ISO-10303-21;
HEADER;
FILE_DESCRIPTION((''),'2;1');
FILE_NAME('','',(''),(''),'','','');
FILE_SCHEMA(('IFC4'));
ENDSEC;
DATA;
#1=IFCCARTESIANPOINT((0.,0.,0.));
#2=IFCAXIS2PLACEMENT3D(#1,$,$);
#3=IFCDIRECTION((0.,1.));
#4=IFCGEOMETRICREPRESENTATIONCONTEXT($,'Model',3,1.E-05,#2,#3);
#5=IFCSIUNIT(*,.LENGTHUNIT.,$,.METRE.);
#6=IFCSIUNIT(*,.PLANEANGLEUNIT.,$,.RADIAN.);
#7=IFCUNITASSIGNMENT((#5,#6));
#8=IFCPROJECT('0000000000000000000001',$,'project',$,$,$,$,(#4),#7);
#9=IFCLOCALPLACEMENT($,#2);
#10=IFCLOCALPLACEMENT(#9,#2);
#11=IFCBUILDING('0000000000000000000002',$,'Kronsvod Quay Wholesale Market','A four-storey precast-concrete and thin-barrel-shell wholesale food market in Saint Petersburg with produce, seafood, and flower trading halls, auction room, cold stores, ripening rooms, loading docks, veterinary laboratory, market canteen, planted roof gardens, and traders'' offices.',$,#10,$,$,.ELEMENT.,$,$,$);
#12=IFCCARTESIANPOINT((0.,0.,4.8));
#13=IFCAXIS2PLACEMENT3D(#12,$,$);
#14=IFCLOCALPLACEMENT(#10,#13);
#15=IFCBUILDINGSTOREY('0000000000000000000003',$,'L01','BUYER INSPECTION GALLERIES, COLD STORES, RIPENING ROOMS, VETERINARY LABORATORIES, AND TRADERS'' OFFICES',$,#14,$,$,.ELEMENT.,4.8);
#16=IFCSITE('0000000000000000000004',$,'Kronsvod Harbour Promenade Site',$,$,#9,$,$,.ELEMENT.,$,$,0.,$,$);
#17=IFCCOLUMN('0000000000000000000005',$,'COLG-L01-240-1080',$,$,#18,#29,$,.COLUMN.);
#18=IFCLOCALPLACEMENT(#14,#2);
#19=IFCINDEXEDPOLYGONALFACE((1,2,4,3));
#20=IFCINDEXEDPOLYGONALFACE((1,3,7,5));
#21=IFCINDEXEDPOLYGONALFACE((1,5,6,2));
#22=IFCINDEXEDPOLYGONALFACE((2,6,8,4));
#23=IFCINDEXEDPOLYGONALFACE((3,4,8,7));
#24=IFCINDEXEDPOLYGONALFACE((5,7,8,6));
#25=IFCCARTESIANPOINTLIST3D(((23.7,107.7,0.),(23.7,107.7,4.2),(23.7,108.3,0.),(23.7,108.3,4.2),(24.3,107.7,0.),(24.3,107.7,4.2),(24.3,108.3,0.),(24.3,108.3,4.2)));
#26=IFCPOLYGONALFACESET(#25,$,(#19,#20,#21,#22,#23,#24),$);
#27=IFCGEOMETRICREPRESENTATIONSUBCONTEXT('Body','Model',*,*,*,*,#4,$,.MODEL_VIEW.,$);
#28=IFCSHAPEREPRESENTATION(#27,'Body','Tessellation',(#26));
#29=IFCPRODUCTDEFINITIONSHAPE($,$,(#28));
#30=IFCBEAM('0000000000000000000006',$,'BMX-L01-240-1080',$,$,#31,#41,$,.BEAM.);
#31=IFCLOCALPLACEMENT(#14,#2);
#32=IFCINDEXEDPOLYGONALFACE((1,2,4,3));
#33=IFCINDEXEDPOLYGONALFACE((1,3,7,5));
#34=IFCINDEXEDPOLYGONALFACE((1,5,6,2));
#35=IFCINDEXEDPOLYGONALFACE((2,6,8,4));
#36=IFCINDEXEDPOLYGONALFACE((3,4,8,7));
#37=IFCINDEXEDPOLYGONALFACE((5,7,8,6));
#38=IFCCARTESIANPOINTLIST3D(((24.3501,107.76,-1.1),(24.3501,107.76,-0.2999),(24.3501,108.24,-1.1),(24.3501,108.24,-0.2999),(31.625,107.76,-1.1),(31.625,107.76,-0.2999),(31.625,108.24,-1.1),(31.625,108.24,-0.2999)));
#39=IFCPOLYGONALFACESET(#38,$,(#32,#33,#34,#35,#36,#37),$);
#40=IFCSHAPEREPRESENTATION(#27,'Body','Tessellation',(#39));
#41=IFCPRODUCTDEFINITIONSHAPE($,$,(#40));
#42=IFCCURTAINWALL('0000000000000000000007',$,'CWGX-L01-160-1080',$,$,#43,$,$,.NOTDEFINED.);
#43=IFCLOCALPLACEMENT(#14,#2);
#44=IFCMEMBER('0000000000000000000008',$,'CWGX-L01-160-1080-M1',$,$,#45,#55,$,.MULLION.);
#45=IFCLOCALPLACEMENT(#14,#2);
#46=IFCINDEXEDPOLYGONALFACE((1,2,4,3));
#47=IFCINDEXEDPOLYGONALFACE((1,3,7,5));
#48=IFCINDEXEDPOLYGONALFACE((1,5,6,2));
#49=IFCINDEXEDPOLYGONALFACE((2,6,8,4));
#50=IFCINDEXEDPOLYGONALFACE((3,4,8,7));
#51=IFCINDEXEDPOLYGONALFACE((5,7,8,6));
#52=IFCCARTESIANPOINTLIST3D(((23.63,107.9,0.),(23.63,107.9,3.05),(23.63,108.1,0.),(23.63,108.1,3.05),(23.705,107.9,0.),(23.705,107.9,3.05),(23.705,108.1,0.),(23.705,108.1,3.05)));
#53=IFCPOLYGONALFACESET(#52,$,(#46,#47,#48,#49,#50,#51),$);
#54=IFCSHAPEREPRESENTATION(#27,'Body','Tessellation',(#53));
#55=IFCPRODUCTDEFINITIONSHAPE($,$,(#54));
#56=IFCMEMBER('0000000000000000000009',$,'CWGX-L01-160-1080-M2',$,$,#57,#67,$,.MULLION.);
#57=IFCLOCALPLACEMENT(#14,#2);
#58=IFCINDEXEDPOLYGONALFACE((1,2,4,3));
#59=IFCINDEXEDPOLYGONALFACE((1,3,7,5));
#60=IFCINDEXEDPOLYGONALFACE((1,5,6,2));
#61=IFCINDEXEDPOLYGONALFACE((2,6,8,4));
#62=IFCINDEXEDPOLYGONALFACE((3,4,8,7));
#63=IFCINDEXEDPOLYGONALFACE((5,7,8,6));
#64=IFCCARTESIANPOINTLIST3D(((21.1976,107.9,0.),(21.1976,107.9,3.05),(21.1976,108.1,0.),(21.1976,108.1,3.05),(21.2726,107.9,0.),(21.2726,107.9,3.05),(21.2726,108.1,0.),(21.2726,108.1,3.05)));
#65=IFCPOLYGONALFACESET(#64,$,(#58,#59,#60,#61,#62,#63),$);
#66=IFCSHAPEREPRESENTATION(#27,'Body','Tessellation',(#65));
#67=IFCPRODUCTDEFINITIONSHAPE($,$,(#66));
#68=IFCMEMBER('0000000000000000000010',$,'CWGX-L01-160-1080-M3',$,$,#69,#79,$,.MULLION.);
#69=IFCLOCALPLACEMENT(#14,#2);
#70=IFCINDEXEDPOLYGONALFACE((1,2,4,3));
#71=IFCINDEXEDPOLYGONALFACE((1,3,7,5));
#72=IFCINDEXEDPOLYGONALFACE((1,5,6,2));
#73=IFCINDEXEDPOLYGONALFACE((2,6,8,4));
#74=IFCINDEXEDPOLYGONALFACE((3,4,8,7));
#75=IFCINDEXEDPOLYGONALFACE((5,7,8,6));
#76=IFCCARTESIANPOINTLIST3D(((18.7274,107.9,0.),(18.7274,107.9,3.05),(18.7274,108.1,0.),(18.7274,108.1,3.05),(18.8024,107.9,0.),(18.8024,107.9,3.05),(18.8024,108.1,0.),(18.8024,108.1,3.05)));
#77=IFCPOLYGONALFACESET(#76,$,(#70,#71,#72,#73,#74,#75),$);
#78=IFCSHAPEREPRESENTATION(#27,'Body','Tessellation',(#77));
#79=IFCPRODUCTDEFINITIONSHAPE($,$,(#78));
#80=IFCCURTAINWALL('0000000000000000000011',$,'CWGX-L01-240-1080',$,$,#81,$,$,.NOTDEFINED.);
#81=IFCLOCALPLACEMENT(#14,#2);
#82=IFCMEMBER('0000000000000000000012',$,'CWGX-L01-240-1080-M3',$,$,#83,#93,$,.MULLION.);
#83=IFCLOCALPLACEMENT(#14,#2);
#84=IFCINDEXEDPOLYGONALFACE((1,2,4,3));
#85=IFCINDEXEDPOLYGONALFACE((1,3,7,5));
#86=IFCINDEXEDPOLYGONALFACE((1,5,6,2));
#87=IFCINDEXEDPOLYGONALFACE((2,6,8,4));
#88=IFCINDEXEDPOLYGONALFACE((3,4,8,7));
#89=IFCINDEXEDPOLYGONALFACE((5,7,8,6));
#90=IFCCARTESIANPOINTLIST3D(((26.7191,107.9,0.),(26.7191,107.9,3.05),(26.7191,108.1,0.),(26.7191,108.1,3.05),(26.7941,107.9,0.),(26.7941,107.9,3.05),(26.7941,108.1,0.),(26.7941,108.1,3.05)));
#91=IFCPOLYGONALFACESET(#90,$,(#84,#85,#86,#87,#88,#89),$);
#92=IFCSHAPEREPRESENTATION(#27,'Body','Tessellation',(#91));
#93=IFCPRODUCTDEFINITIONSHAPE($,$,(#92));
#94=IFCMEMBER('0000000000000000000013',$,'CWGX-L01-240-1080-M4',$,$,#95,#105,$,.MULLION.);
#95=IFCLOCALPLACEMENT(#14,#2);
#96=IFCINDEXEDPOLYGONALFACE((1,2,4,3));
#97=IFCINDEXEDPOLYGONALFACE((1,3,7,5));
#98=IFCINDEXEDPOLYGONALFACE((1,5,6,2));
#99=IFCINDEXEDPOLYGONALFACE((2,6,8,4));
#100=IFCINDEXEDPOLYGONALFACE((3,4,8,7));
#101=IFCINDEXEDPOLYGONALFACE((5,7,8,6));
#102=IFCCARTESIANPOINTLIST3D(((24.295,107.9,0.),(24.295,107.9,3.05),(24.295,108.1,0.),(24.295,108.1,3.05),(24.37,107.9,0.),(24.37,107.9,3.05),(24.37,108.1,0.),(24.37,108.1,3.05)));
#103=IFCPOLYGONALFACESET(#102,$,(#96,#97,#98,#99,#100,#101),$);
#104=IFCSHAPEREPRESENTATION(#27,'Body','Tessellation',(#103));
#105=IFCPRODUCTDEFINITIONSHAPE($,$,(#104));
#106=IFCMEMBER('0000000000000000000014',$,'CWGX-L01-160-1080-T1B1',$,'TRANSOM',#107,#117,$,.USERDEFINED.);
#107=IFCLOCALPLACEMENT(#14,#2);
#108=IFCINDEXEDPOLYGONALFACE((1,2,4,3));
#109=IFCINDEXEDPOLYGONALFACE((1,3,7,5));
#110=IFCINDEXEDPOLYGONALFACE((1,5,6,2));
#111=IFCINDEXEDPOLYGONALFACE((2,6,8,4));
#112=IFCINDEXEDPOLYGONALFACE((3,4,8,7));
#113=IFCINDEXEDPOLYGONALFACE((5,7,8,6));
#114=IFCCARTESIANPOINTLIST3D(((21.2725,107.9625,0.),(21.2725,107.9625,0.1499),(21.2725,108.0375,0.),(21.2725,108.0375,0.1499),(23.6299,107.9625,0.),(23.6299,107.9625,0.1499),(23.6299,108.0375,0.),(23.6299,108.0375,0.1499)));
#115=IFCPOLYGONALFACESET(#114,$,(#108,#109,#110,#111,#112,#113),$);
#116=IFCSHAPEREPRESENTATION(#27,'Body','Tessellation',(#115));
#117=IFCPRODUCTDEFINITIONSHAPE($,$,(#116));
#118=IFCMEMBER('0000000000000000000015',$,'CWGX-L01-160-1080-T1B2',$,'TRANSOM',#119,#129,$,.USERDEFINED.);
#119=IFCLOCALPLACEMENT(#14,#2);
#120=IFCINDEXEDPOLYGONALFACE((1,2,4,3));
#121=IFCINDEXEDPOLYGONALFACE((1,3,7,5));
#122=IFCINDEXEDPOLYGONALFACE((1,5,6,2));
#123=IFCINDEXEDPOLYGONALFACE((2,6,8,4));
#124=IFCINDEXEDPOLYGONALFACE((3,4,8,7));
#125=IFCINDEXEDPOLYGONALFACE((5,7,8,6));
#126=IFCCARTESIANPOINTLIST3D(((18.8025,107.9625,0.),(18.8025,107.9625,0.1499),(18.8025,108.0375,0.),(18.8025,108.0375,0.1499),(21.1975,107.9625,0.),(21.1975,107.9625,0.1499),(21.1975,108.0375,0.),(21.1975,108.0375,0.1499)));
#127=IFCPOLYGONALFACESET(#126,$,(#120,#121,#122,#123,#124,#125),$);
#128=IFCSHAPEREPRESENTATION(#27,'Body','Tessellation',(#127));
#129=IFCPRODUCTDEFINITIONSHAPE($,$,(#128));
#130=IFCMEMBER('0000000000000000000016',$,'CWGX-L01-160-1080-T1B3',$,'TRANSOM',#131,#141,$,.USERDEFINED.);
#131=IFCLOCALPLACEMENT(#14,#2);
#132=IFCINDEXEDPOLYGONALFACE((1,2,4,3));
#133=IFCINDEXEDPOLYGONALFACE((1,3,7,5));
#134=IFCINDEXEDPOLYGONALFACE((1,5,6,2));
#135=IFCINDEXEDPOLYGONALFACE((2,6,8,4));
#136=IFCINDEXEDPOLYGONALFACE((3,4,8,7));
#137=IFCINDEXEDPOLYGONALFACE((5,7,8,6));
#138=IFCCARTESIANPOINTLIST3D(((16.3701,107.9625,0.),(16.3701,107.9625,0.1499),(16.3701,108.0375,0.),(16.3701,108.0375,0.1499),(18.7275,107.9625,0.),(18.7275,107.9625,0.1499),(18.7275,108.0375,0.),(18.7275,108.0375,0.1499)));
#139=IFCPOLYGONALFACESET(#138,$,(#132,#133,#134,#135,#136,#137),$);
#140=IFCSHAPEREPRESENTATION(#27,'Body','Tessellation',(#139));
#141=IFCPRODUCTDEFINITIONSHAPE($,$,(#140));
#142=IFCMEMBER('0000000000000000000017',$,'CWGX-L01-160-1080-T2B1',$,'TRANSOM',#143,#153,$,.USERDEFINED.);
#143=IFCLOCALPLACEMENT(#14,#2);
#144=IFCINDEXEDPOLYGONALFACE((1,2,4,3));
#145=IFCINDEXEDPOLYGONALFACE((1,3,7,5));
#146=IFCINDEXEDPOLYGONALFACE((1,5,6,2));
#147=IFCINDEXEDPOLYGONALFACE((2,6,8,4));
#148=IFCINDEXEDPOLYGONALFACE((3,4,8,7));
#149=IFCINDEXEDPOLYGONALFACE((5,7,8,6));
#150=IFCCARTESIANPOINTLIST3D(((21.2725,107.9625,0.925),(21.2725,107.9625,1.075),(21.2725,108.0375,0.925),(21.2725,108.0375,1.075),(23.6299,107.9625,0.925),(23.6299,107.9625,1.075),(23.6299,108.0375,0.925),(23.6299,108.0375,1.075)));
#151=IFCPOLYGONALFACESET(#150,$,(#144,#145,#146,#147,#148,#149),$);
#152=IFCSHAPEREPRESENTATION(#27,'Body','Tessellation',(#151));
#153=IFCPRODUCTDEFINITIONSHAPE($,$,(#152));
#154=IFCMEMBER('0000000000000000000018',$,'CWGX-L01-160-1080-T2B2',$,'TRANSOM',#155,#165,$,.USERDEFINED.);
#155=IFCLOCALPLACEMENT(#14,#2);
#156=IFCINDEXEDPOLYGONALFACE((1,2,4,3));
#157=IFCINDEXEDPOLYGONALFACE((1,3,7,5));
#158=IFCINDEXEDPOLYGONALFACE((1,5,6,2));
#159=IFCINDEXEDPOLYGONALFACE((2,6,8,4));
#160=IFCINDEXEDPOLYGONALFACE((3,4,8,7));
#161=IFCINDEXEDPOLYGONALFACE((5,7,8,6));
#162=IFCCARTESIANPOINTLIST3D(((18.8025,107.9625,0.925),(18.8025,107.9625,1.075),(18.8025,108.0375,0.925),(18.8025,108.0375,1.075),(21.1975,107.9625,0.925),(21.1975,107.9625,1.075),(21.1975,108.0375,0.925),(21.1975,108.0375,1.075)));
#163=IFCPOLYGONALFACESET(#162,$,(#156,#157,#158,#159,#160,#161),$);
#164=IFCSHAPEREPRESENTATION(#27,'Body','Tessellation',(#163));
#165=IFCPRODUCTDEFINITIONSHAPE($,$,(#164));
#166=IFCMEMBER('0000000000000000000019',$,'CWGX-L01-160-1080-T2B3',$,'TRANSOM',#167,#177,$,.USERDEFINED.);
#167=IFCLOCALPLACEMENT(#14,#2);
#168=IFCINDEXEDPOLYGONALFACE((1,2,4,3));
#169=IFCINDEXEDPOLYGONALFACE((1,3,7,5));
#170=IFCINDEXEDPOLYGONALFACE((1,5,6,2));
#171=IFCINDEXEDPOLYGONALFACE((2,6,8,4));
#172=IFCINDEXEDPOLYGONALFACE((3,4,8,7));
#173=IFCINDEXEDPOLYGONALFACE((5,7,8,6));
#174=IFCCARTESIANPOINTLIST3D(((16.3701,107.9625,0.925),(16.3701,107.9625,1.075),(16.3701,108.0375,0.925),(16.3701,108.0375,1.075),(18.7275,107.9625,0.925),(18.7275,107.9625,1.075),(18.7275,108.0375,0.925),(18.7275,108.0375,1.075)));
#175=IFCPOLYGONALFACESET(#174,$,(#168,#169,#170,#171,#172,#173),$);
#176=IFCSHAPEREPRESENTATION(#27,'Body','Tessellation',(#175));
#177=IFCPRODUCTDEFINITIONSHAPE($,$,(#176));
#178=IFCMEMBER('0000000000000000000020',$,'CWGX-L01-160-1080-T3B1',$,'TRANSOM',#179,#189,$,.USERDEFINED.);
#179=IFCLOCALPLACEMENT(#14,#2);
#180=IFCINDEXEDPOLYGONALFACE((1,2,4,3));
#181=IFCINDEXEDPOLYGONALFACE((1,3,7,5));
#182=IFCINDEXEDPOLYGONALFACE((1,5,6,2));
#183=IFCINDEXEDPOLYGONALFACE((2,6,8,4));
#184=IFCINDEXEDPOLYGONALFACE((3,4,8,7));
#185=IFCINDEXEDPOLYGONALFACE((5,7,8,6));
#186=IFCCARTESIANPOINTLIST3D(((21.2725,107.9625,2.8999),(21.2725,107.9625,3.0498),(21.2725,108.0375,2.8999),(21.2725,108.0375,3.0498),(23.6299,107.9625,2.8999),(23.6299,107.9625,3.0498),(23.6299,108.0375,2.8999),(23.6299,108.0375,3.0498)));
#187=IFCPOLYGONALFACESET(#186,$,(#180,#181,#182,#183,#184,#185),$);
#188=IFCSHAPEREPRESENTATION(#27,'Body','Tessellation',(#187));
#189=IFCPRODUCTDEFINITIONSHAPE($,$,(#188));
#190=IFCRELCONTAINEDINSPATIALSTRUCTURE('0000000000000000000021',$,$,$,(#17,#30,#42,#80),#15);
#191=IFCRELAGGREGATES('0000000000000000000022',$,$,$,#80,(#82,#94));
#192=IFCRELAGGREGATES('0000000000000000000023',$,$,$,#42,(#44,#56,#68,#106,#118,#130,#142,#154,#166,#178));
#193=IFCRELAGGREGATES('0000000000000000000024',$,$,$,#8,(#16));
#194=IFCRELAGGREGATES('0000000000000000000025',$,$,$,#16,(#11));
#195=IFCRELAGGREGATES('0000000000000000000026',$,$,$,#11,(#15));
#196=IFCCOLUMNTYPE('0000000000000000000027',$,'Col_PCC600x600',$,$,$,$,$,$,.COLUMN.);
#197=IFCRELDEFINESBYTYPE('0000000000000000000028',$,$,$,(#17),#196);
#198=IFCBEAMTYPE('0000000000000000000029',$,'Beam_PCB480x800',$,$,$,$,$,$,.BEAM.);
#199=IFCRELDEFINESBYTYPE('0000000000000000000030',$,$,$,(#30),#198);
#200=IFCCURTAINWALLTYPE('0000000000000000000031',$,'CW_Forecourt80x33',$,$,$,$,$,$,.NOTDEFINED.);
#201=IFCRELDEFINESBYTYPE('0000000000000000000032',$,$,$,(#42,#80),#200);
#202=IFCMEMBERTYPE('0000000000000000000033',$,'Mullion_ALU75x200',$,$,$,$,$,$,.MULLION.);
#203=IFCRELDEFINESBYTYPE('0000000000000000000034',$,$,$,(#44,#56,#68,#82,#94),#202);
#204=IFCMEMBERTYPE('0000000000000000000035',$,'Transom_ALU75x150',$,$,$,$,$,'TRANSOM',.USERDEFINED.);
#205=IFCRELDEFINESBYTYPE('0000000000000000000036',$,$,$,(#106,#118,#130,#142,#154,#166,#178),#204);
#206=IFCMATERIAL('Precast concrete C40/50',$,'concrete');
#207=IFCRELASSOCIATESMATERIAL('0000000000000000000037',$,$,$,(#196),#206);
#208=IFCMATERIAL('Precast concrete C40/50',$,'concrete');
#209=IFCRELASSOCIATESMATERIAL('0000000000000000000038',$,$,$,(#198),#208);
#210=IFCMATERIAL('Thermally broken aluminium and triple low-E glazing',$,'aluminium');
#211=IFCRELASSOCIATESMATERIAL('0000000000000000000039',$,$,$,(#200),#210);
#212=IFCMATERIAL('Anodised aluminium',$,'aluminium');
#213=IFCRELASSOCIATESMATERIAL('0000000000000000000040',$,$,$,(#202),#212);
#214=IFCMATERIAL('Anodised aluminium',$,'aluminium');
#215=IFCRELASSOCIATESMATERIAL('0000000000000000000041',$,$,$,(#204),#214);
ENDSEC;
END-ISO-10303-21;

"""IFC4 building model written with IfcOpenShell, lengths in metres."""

from ifc_helpers import new_model, si_unit, direction, frame, origin, origin_2d, place, context, subcontext, project, spatial, rectangle, extrude, material, material_profile, profile_set, type_object, element, aggregate, save


model = new_model("IFC4")

# Units and contexts
model_context = context("Model", 3, precision=1e-05, world=origin(), true_north=direction((0.0, 1.0)))
body_context = subcontext(model_context, "Body", "Model", "MODEL_VIEW")
ifc_project = project(units=[si_unit("LENGTHUNIT", "METRE"), si_unit("PLANEANGLEUNIT", "RADIAN")], contexts=[model_context])

# Site, building, storey
site_placement = place(None, origin())
site = spatial("IfcSite", under=ifc_project, at=site_placement, Name="Kronsvod Harbour Promenade Site", CompositionType="ELEMENT", RefElevation=0.0)
building_placement = place(site_placement, origin())
building = spatial("IfcBuilding", under=site, at=building_placement, Name="Kronsvod Quay Wholesale Market", Description="A four-storey precast-concrete and thin-barrel-shell wholesale food market in Saint Petersburg with produce, seafood, and flower trading halls, auction room, cold stores, ripening rooms, loading docks, veterinary laboratory, market canteen, planted roof gardens, and traders' offices.", CompositionType="ELEMENT")
storey_placement = place(building_placement, frame((0.0, 0.0, 4.8)))
storey = spatial("IfcBuildingStorey", under=building, at=storey_placement, Name="L01", Description="BUYER INSPECTION GALLERIES, COLD STORES, RIPENING ROOMS, VETERINARY LABORATORIES, AND TRADERS' OFFICES", CompositionType="ELEMENT", Elevation=4.8)

# Column
ifc_material_1 = material(Name="Precast concrete C40/50", Category="concrete")
ifc_material_profile_1 = material_profile(ifc_material_1, rectangle(XDim=0.6001, YDim=0.6001, at=origin_2d()), Name="PCC600x600")
ifc_profile_set_1 = profile_set([ifc_material_profile_1], Name="Precast concrete C40/50")
column_type = type_object("IfcColumnType", Name="Col_PCC600x600", PredefinedType="COLUMN", material=ifc_profile_set_1)
column_placement = place(storey_placement, frame((24.0, 108.0, 0.0), z_axis=(0.0, 0.0, 1.0), x_axis=(1.0, 0.0, 0.0)))
element("IfcColumn", 1, at=column_placement, inside=storey, type_object=column_type, Name="COLG-L01-240-1080", PredefinedType="COLUMN", context=body_context, shape_type="SweptSolid", body=[
    extrude(rectangle(XDim=0.6001, YDim=0.6001, at=origin_2d()), origin(), (0.0, 0.0, 1.0), 4.2),
])

# Beam
ifc_material_2 = material(Name="Precast concrete C40/50", Category="concrete")
ifc_material_profile_2 = material_profile(ifc_material_2, rectangle(XDim=0.48, YDim=0.8, at=origin_2d()), Name="PB-04")
ifc_profile_set_2 = profile_set([ifc_material_profile_2], Name="Precast concrete C40/50")
beam_type = type_object("IfcBeamType", Name="Beam_PCB480x800", PredefinedType="BEAM", material=ifc_profile_set_2)
beam_placement = place(storey_placement, frame((24.3501, 108.0, -0.7), z_axis=(1.0, 0.0, 0.0), x_axis=(0.0, 1.0, 0.0)))
element("IfcBeam", 2, at=beam_placement, inside=storey, type_object=beam_type, Name="BMX-L01-240-1080", PredefinedType="BEAM", context=body_context, shape_type="SweptSolid", body=[
    extrude(rectangle(XDim=0.48, YDim=0.8, at=origin_2d()), origin(), (0.0, 0.0, 1.0), 7.2749),
])

# Curtain walls, members
ifc_material_3 = material(Name="Thermally broken aluminium and triple low-E glazing", Category="aluminium")
curtain_wall_type = type_object("IfcCurtainWallType", Name="CW_Forecourt80x33", PredefinedType="NOTDEFINED", material=ifc_material_3)
curtain_wall_1_placement = place(storey_placement, origin())
curtain_wall_1 = element("IfcCurtainWall", 3, at=curtain_wall_1_placement, inside=storey, type_object=curtain_wall_type, Name="CWGX-L01-160-1080", PredefinedType="NOTDEFINED")
ifc_material_4 = material(Name="Anodised aluminium", Category="aluminium")
ifc_material_profile_3 = material_profile(ifc_material_4, rectangle(XDim=0.075, YDim=0.2, at=origin_2d()), Name="ALUM75x200")
ifc_profile_set_3 = profile_set([ifc_material_profile_3], Name="Anodised aluminium")
member_type_1 = type_object("IfcMemberType", Name="Mullion_ALU75x200", PredefinedType="MULLION", material=ifc_profile_set_3)
member_1_placement = place(storey_placement, frame((23.6675, 108.0, 0.0), z_axis=(0.0, 0.0, 1.0), x_axis=(1.0, 0.0, 0.0)))
member_1 = element("IfcMember", 4, at=member_1_placement, type_object=member_type_1, Name="CWGX-L01-160-1080-M1", PredefinedType="MULLION", context=body_context, shape_type="SweptSolid", body=[
    extrude(rectangle(XDim=0.075, YDim=0.2, at=origin_2d()), origin(), (0.0, 0.0, 1.0), 3.05),
])
member_2_placement = place(storey_placement, frame((21.2351, 108.0, 0.0), z_axis=(0.0, 0.0, 1.0), x_axis=(1.0, 0.0, 0.0)))
member_2 = element("IfcMember", 5, at=member_2_placement, type_object=member_type_1, Name="CWGX-L01-160-1080-M2", PredefinedType="MULLION", context=body_context, shape_type="SweptSolid", body=[
    extrude(rectangle(XDim=0.075, YDim=0.2, at=origin_2d()), origin(), (0.0, 0.0, 1.0), 3.05),
])
member_3_placement = place(storey_placement, frame((18.7649, 108.0, 0.0), z_axis=(0.0, 0.0, 1.0), x_axis=(1.0, 0.0, 0.0)))
member_3 = element("IfcMember", 6, at=member_3_placement, type_object=member_type_1, Name="CWGX-L01-160-1080-M3", PredefinedType="MULLION", context=body_context, shape_type="SweptSolid", body=[
    extrude(rectangle(XDim=0.075, YDim=0.2, at=origin_2d()), origin(), (0.0, 0.0, 1.0), 3.05),
])
curtain_wall_2_placement = place(storey_placement, origin())
curtain_wall_2 = element("IfcCurtainWall", 7, at=curtain_wall_2_placement, inside=storey, type_object=curtain_wall_type, Name="CWGX-L01-240-1080", PredefinedType="NOTDEFINED")
member_4_placement = place(storey_placement, frame((26.7566, 108.0, 0.0), z_axis=(0.0, 0.0, 1.0), x_axis=(1.0, 0.0, 0.0)))
member_4 = element("IfcMember", 8, at=member_4_placement, type_object=member_type_1, Name="CWGX-L01-240-1080-M3", PredefinedType="MULLION", context=body_context, shape_type="SweptSolid", body=[
    extrude(rectangle(XDim=0.075, YDim=0.2, at=origin_2d()), origin(), (0.0, 0.0, 1.0), 3.05),
])
member_5_placement = place(storey_placement, frame((24.3325, 108.0, 0.0), z_axis=(0.0, 0.0, 1.0), x_axis=(1.0, 0.0, 0.0)))
member_5 = element("IfcMember", 9, at=member_5_placement, type_object=member_type_1, Name="CWGX-L01-240-1080-M4", PredefinedType="MULLION", context=body_context, shape_type="SweptSolid", body=[
    extrude(rectangle(XDim=0.075, YDim=0.2, at=origin_2d()), origin(), (0.0, 0.0, 1.0), 3.05),
])

# Members
ifc_material_5 = material(Name="Anodised aluminium", Category="aluminium")
ifc_material_profile_4 = material_profile(ifc_material_5, rectangle(XDim=0.075, YDim=0.1499, at=origin_2d()), Name="ALUT75x150")
ifc_profile_set_4 = profile_set([ifc_material_profile_4], Name="Anodised aluminium")
member_type_2 = type_object("IfcMemberType", Name="Transom_ALU75x150", ElementType="TRANSOM", PredefinedType="USERDEFINED", material=ifc_profile_set_4)
member_6_placement = place(storey_placement, frame((23.6299, 108.0, 0.075), z_axis=(-1.0, 0.0, 0.0), x_axis=(0.0, -1.0, 0.0)))
member_6 = element("IfcMember", 10, at=member_6_placement, type_object=member_type_2, Name="CWGX-L01-160-1080-T1B1", ObjectType="TRANSOM", PredefinedType="USERDEFINED", context=body_context, shape_type="SweptSolid", body=[
    extrude(rectangle(XDim=0.075, YDim=0.1499, at=origin_2d()), origin(), (0.0, 0.0, 1.0), 2.3574),
])
member_7_placement = place(storey_placement, frame((21.1975, 108.0, 0.075), z_axis=(-1.0, 0.0, 0.0), x_axis=(0.0, -1.0, 0.0)))
member_7 = element("IfcMember", 11, at=member_7_placement, type_object=member_type_2, Name="CWGX-L01-160-1080-T1B2", ObjectType="TRANSOM", PredefinedType="USERDEFINED", context=body_context, shape_type="SweptSolid", body=[
    extrude(rectangle(XDim=0.075, YDim=0.1499, at=origin_2d()), origin(), (0.0, 0.0, 1.0), 2.395),
])
member_8_placement = place(storey_placement, frame((18.7275, 108.0, 0.075), z_axis=(-1.0, 0.0, 0.0), x_axis=(0.0, -1.0, 0.0)))
member_8 = element("IfcMember", 12, at=member_8_placement, type_object=member_type_2, Name="CWGX-L01-160-1080-T1B3", ObjectType="TRANSOM", PredefinedType="USERDEFINED", context=body_context, shape_type="SweptSolid", body=[
    extrude(rectangle(XDim=0.075, YDim=0.1499, at=origin_2d()), origin(), (0.0, 0.0, 1.0), 2.3574),
])
member_9_placement = place(storey_placement, frame((23.6299, 108.0, 1.0), z_axis=(-1.0, 0.0, 0.0), x_axis=(0.0, -1.0, 0.0)))
member_9 = element("IfcMember", 13, at=member_9_placement, type_object=member_type_2, Name="CWGX-L01-160-1080-T2B1", ObjectType="TRANSOM", PredefinedType="USERDEFINED", context=body_context, shape_type="SweptSolid", body=[
    extrude(rectangle(XDim=0.075, YDim=0.1499, at=origin_2d()), origin(), (0.0, 0.0, 1.0), 2.3574),
])
member_10_placement = place(storey_placement, frame((21.1975, 108.0, 1.0), z_axis=(-1.0, 0.0, 0.0), x_axis=(0.0, -1.0, 0.0)))
member_10 = element("IfcMember", 14, at=member_10_placement, type_object=member_type_2, Name="CWGX-L01-160-1080-T2B2", ObjectType="TRANSOM", PredefinedType="USERDEFINED", context=body_context, shape_type="SweptSolid", body=[
    extrude(rectangle(XDim=0.075, YDim=0.1499, at=origin_2d()), origin(), (0.0, 0.0, 1.0), 2.395),
])
member_11_placement = place(storey_placement, frame((18.7275, 108.0, 1.0), z_axis=(-1.0, 0.0, 0.0), x_axis=(0.0, -1.0, 0.0)))
member_11 = element("IfcMember", 15, at=member_11_placement, type_object=member_type_2, Name="CWGX-L01-160-1080-T2B3", ObjectType="TRANSOM", PredefinedType="USERDEFINED", context=body_context, shape_type="SweptSolid", body=[
    extrude(rectangle(XDim=0.075, YDim=0.1499, at=origin_2d()), origin(), (0.0, 0.0, 1.0), 2.3574),
])
member_12_placement = place(storey_placement, frame((23.6299, 108.0, 2.9749), z_axis=(-1.0, 0.0, 0.0), x_axis=(0.0, -1.0, 0.0)))
member_12 = element("IfcMember", 16, at=member_12_placement, type_object=member_type_2, Name="CWGX-L01-160-1080-T3B1", ObjectType="TRANSOM", PredefinedType="USERDEFINED", context=body_context, shape_type="SweptSolid", body=[
    extrude(rectangle(XDim=0.075, YDim=0.1499, at=origin_2d()), origin(), (0.0, 0.0, 1.0), 2.3574),
])

aggregate(curtain_wall_2, [member_4, member_5])
aggregate(curtain_wall_1, [member_1, member_2, member_3, member_6, member_7, member_8, member_9, member_10, member_11, member_12])

save(model, "model.ifc")
